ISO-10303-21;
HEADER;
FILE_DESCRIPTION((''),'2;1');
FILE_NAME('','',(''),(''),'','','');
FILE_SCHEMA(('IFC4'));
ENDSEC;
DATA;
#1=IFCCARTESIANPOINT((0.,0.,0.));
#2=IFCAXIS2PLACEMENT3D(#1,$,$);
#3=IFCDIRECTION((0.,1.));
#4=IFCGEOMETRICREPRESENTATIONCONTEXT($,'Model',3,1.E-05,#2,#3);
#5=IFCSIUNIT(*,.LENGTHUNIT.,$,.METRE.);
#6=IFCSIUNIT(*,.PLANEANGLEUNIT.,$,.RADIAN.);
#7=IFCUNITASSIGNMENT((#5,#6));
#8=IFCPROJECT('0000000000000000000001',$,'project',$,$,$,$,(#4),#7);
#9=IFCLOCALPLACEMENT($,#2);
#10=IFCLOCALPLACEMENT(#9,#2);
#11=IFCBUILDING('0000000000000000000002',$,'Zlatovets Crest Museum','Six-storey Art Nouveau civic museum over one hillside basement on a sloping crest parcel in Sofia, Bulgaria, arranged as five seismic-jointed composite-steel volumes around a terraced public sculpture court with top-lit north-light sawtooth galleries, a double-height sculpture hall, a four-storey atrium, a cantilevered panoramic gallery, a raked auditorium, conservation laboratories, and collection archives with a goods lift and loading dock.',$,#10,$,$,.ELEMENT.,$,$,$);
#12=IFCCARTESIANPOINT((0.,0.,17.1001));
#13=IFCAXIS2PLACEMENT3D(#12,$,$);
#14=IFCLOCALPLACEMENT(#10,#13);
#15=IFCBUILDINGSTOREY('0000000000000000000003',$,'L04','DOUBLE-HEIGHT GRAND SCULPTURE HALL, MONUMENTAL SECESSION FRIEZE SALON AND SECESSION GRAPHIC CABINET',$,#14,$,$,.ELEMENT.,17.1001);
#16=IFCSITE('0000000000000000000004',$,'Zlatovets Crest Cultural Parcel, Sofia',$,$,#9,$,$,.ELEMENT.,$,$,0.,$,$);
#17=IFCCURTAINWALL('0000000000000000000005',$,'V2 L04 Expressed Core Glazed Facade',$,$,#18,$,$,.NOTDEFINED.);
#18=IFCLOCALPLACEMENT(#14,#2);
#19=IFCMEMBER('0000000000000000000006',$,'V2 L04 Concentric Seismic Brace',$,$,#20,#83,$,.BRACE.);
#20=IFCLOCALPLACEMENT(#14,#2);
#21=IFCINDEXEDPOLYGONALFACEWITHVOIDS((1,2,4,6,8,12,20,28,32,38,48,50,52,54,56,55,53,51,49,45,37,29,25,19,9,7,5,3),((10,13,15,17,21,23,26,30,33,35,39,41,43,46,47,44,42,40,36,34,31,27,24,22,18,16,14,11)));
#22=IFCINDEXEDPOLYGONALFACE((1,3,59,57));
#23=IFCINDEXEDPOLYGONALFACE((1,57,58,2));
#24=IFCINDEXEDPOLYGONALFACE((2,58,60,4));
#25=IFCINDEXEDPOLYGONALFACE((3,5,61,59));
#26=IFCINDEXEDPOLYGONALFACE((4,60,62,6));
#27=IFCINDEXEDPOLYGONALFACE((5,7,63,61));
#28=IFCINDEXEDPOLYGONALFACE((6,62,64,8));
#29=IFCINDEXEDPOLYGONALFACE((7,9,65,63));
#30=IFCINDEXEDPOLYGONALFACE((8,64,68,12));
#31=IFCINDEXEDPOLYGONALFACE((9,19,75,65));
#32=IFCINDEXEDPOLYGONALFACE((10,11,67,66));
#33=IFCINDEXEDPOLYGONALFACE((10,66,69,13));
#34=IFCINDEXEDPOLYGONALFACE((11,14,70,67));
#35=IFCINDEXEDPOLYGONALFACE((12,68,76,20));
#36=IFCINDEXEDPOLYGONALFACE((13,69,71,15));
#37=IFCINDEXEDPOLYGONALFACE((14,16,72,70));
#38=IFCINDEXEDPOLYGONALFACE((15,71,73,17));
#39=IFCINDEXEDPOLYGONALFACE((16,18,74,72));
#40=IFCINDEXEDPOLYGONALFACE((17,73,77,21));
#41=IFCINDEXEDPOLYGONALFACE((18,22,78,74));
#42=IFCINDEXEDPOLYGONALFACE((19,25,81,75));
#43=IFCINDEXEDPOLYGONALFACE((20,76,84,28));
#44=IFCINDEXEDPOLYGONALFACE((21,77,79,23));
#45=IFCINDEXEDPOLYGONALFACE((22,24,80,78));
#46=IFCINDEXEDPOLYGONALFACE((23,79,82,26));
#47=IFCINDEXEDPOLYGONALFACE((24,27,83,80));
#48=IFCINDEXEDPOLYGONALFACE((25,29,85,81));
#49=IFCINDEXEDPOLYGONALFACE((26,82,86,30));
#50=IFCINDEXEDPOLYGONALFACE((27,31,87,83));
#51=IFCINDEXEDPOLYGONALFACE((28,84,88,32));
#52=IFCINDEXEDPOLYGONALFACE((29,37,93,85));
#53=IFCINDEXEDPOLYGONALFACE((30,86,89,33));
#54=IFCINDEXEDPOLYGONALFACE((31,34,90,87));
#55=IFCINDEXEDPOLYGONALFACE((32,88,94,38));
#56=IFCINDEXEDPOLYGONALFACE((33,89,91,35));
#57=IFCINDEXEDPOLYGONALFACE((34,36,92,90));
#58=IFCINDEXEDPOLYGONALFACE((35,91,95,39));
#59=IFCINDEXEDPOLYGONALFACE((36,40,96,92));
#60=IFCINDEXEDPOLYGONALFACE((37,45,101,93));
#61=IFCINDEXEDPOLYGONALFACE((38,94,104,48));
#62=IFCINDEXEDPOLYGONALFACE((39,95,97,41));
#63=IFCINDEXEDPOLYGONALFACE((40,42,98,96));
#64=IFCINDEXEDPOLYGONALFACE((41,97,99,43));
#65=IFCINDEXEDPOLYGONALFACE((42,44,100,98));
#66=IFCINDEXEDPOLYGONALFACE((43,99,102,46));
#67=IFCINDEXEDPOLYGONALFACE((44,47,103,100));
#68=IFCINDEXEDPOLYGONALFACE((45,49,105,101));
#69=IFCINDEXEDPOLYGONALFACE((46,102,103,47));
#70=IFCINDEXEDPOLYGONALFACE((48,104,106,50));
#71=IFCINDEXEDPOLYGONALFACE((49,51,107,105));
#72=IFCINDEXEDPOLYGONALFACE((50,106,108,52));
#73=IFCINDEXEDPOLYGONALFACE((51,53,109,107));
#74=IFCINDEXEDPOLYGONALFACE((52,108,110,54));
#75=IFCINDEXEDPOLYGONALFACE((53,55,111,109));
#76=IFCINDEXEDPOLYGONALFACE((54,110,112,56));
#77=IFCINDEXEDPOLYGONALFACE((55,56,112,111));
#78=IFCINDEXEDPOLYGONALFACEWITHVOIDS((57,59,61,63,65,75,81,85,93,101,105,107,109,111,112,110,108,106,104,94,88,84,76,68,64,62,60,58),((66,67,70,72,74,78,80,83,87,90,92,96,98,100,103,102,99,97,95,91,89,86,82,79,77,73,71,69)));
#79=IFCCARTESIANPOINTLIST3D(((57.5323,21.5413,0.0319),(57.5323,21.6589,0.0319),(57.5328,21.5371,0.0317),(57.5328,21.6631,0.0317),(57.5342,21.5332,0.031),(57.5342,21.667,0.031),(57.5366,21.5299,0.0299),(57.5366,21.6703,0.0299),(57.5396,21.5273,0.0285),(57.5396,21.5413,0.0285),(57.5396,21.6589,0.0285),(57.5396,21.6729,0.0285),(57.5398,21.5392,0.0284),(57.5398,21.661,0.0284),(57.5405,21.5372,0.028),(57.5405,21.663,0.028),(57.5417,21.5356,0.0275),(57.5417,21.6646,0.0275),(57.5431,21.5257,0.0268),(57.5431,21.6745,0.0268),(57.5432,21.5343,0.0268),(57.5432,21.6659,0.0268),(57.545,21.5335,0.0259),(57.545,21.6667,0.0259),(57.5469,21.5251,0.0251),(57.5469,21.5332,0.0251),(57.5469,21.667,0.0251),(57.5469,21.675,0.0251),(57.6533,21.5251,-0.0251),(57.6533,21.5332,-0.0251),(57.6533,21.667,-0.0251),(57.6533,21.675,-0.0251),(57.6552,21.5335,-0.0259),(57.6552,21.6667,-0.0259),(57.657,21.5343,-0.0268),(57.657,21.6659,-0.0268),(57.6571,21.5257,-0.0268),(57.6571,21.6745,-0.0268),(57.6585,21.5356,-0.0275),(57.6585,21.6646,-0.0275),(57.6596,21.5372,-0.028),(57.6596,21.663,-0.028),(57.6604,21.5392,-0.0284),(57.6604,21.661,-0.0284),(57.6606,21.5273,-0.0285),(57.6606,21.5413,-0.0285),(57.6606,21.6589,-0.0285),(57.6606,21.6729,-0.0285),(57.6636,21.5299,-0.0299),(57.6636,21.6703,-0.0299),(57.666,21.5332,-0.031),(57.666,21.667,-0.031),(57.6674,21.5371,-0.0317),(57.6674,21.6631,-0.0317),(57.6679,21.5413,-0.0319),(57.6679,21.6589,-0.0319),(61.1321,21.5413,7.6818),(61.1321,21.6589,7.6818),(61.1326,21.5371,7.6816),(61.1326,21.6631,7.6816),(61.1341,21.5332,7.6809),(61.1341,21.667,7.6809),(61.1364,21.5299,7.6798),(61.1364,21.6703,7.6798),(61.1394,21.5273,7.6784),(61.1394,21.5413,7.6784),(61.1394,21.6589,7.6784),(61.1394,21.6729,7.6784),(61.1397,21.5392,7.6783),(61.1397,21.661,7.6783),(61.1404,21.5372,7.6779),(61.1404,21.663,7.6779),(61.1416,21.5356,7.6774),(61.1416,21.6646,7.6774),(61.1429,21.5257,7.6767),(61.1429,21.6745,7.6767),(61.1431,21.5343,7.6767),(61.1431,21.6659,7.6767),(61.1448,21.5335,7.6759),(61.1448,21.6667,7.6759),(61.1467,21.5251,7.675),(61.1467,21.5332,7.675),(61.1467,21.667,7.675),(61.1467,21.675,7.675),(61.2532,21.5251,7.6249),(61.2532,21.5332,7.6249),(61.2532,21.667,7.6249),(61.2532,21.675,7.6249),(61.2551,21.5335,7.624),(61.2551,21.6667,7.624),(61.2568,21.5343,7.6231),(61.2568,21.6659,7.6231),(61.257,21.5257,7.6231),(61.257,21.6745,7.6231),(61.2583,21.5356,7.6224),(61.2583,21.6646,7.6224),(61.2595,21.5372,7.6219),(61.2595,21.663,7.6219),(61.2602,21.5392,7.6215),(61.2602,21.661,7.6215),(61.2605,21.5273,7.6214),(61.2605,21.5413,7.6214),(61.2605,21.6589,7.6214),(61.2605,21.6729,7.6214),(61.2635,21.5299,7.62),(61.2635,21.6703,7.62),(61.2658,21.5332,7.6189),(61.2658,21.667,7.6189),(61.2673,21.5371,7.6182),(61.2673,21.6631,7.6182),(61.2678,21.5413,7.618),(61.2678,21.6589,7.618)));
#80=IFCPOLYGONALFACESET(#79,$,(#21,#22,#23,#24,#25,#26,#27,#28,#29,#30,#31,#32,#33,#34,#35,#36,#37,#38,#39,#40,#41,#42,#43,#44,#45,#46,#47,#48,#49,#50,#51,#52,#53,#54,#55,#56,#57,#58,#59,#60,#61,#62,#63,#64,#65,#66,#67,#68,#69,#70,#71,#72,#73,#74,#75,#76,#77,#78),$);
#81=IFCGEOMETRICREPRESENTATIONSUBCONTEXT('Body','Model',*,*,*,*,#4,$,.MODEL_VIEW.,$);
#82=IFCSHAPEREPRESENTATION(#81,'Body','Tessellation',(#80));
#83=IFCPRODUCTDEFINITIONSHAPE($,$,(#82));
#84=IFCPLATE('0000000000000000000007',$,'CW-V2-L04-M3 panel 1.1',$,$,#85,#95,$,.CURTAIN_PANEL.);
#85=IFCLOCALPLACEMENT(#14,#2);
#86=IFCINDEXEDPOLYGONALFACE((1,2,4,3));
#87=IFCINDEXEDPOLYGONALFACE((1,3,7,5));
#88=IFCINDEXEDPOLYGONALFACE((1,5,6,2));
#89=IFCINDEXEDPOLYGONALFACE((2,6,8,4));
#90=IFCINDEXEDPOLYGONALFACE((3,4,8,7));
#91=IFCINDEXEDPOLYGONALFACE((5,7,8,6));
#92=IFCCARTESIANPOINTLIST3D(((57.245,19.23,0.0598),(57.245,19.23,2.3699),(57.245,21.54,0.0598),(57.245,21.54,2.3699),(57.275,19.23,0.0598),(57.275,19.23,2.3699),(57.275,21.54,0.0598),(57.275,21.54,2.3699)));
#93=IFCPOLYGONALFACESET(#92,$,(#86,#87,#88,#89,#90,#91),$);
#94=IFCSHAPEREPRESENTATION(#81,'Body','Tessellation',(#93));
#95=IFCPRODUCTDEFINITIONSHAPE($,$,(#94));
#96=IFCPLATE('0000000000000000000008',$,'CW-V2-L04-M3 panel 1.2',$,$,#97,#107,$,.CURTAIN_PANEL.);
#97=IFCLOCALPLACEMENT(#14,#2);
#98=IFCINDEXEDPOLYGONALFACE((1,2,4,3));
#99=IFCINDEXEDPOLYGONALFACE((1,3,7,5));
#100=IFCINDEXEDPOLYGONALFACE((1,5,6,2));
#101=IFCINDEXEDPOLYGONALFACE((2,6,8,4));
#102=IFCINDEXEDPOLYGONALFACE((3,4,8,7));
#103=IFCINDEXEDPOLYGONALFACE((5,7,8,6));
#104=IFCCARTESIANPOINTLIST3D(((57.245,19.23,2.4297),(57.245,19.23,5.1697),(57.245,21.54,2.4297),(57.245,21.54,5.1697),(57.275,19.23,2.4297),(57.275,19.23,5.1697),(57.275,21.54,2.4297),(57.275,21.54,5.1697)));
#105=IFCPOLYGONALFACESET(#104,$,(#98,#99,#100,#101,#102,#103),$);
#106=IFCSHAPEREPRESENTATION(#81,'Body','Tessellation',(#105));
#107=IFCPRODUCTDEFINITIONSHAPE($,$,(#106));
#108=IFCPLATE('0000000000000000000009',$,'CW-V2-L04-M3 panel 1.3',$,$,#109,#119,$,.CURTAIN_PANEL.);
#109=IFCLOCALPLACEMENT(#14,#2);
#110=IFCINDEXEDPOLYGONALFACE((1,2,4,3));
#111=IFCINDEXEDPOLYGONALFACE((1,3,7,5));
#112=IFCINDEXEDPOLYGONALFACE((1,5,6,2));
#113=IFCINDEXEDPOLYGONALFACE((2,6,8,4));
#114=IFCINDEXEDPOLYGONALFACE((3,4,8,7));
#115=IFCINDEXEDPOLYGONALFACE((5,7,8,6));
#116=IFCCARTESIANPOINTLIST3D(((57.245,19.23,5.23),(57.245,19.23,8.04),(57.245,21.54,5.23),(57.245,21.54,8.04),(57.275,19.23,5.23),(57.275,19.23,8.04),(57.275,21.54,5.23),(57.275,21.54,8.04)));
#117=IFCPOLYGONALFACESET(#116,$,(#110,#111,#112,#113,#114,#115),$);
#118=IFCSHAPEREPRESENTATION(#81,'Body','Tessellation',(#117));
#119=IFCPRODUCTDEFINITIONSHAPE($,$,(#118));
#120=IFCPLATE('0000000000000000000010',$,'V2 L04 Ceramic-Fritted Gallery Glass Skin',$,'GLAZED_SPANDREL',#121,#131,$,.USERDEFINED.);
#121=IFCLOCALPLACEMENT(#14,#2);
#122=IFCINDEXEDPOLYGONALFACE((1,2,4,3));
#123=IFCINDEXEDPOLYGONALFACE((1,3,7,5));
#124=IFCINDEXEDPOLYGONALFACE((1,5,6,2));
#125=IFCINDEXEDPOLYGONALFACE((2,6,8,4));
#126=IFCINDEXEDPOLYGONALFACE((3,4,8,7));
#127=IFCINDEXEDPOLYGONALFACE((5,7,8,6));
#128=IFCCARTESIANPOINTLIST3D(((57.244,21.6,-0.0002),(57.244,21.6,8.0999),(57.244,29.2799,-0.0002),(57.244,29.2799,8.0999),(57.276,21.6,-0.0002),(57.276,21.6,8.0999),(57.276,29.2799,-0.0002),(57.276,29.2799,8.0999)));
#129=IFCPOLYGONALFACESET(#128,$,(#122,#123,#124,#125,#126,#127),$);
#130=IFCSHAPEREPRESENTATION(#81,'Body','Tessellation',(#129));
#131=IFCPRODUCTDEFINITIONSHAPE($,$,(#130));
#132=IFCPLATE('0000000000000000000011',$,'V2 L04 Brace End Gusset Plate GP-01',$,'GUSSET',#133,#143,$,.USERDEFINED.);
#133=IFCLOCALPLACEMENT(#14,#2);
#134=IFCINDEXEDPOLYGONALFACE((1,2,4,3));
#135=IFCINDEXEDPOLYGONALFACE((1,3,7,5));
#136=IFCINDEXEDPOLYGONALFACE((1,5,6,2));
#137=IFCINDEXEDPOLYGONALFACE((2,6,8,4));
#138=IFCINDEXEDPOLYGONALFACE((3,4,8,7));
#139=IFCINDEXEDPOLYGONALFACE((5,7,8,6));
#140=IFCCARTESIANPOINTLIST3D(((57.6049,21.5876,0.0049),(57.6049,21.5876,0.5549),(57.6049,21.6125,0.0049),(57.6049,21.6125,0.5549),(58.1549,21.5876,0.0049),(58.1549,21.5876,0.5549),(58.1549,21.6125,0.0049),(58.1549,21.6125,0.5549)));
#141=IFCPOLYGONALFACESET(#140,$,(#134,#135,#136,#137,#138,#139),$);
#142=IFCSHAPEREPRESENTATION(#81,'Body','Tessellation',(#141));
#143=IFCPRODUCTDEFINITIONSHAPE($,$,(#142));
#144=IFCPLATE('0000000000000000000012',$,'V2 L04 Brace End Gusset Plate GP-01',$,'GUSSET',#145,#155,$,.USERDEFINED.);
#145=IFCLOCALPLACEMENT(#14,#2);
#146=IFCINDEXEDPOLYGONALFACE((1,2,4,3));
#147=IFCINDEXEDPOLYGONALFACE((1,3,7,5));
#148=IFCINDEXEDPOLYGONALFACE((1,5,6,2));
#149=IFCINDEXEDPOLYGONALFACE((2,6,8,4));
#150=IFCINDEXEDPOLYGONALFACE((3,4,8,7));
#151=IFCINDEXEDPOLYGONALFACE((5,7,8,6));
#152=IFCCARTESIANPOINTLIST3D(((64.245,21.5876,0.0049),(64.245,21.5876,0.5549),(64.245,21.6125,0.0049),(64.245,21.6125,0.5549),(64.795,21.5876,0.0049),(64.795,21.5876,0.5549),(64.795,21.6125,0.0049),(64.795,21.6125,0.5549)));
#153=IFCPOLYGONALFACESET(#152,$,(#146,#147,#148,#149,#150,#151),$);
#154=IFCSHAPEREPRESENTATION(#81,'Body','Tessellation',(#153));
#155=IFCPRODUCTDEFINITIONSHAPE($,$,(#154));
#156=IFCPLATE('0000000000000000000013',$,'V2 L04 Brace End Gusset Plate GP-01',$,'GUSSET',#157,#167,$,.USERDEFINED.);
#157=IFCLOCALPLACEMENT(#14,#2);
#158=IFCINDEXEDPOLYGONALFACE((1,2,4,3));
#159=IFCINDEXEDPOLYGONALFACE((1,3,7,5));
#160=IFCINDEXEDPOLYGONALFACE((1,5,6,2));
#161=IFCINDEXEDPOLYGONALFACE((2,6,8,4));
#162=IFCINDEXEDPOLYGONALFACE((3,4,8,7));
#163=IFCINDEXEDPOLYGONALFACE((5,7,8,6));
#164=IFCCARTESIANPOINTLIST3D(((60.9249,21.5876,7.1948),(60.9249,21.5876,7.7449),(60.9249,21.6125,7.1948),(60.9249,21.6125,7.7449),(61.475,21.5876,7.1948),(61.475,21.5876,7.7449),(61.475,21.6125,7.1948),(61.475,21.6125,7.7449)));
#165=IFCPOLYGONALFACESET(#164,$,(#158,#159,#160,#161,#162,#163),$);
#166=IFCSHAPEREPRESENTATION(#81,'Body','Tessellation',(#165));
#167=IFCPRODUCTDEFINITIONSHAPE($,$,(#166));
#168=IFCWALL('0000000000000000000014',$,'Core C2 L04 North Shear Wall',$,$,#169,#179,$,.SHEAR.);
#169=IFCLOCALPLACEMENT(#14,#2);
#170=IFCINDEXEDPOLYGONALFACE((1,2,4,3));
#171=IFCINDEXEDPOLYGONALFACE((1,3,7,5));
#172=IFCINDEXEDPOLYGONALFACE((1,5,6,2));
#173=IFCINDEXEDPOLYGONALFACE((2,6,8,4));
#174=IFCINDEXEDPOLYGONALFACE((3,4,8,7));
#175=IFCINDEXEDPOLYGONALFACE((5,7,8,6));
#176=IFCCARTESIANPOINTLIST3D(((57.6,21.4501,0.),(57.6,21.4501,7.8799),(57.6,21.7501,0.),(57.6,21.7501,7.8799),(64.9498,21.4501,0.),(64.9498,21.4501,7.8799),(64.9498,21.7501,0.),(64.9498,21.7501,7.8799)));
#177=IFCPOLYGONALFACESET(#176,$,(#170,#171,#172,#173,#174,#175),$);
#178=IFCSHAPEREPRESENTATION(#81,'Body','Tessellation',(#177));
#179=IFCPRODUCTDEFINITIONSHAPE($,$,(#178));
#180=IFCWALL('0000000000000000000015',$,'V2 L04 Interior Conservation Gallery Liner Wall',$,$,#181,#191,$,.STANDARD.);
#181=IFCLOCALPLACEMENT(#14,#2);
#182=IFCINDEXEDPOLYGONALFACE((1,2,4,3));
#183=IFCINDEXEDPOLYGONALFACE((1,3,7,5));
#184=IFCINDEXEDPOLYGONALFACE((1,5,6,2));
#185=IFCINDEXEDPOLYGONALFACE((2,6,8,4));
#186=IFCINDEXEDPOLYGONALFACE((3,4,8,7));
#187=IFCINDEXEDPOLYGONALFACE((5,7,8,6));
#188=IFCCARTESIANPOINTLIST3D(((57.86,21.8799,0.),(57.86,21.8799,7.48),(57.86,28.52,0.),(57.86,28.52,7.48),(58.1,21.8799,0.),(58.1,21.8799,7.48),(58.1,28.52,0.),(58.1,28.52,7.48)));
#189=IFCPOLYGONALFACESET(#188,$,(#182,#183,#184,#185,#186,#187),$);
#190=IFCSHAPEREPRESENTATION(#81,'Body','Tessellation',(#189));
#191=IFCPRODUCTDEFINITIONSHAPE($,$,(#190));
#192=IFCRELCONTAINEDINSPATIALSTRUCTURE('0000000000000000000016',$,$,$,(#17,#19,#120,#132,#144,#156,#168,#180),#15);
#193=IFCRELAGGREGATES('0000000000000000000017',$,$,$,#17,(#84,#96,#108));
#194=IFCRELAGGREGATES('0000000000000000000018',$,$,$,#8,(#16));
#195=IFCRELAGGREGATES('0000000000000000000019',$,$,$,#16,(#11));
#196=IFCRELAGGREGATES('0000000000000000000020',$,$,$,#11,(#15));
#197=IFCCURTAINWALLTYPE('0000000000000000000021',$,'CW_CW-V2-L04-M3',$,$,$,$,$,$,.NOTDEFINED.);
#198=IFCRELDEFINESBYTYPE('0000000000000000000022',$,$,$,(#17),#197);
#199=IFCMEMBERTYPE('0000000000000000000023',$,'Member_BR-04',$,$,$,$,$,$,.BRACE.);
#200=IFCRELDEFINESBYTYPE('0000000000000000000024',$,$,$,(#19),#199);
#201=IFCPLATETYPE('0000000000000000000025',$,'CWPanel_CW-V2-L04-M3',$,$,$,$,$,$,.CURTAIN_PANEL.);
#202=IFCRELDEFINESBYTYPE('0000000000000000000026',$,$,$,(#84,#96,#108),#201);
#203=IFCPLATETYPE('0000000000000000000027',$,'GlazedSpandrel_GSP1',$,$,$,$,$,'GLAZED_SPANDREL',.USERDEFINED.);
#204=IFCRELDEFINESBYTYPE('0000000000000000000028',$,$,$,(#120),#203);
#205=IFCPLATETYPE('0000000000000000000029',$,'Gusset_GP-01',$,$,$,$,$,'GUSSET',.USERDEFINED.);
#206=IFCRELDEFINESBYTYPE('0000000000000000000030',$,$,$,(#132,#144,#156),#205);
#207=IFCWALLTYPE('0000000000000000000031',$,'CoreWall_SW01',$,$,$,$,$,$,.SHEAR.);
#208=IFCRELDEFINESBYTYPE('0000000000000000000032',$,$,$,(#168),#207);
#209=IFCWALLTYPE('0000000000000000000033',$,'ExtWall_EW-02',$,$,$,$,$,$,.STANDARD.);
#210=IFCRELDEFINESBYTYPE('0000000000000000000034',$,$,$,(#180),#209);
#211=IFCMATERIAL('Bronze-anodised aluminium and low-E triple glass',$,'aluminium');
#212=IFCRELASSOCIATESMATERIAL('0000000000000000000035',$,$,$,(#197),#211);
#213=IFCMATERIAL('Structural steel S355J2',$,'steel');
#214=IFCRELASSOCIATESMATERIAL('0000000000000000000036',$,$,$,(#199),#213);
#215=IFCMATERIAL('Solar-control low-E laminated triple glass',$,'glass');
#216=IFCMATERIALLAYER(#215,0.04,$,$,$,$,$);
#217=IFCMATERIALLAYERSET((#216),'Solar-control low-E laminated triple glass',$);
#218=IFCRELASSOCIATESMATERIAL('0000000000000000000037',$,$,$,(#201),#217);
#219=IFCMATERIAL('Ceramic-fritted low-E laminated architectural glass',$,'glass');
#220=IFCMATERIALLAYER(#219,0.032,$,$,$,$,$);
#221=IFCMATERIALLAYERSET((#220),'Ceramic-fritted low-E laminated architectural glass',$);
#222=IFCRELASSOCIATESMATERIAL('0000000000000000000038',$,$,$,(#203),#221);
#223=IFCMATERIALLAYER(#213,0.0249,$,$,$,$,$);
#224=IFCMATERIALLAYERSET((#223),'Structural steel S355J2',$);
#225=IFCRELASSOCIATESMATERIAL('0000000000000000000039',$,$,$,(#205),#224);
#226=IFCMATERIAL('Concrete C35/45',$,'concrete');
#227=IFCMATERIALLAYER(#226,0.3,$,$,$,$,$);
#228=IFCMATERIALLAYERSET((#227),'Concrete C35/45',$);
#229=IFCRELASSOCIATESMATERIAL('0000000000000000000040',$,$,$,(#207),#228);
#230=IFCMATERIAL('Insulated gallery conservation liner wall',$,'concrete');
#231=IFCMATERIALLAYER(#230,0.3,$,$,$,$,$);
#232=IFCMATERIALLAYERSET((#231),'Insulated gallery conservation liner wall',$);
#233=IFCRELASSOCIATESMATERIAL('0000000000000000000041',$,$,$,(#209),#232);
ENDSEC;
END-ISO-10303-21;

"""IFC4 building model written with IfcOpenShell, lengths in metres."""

from ifc_helpers import new_model, si_unit, direction, frame, frame_2d, origin, origin_2d, place, context, subcontext, project, spatial, rectangle, hollow_rectangle, extrude, material, layer, layer_set, material_profile, profile_set, type_object, element, aggregate, save


model = new_model("IFC4")

# Units and contexts
model_context = context("Model", 3, precision=1e-05, world=origin(), true_north=direction((0.0, 1.0)))
body_context = subcontext(model_context, "Body", "Model", "MODEL_VIEW")
ifc_project = project(units=[si_unit("LENGTHUNIT", "METRE"), si_unit("PLANEANGLEUNIT", "RADIAN")], contexts=[model_context])

# Site, building, storey
site_placement = place(None, origin())
site = spatial("IfcSite", under=ifc_project, at=site_placement, Name="Zlatovets Crest Cultural Parcel, Sofia", CompositionType="ELEMENT", RefElevation=0.0)
building_placement = place(site_placement, origin())
building = spatial("IfcBuilding", under=site, at=building_placement, Name="Zlatovets Crest Museum", Description="Six-storey Art Nouveau civic museum over one hillside basement on a sloping crest parcel in Sofia, Bulgaria, arranged as five seismic-jointed composite-steel volumes around a terraced public sculpture court with top-lit north-light sawtooth galleries, a double-height sculpture hall, a four-storey atrium, a cantilevered panoramic gallery, a raked auditorium, conservation laboratories, and collection archives with a goods lift and loading dock.", CompositionType="ELEMENT")
storey_placement = place(building_placement, frame((0.0, 0.0, 17.1001)))
storey = spatial("IfcBuildingStorey", under=building, at=storey_placement, Name="L04", Description="DOUBLE-HEIGHT GRAND SCULPTURE HALL, MONUMENTAL SECESSION FRIEZE SALON AND SECESSION GRAPHIC CABINET", CompositionType="ELEMENT", Elevation=17.1001)

# Shared definitions
ifc_material_1 = material(Name="Structural steel S355J2", Category="steel")

# Curtain wall
ifc_material_2 = material(Name="Bronze-anodised aluminium and low-E triple glass", Category="aluminium")
curtain_wall_type = type_object("IfcCurtainWallType", Name="CW_CW-V2-L04-M3", PredefinedType="NOTDEFINED", material=ifc_material_2)
curtain_wall_placement = place(storey_placement, origin())
curtain_wall = element("IfcCurtainWall", 1, at=curtain_wall_placement, inside=storey, type_object=curtain_wall_type, Name="V2 L04 Expressed Core Glazed Facade", PredefinedType="NOTDEFINED")

# Member
ifc_material_profile_1 = material_profile(ifc_material_1, hollow_rectangle(XDim=0.1499, YDim=0.1499, WallThickness=0.0081, InnerFilletRadius=0.0081, OuterFilletRadius=0.0161, at=origin_2d()), Name="SHS 150x150x8.0")
ifc_profile_set_1 = profile_set([ifc_material_profile_1], Name="Structural steel S355J2")
member_type_1 = type_object("IfcMemberType", Name="Member_BR-04", PredefinedType="BRACE", material=ifc_profile_set_1)
member_1_placement = place(storey_placement, frame((57.6001, 21.6001, 0.0), z_axis=(0.425787, 0.0, 0.904823), x_axis=(0.0, 1.0, 0.0)))
element("IfcMember", 2, at=member_1_placement, inside=storey, type_object=member_type_1, Name="V2 L04 Concentric Seismic Brace", PredefinedType="BRACE", context=body_context, shape_type="SweptSolid", body=[
    extrude(hollow_rectangle(XDim=0.1499, YDim=0.1499, WallThickness=0.0081, InnerFilletRadius=0.0081, OuterFilletRadius=0.0161, at=origin_2d()), origin(), (0.0, 0.0, 1.0), 8.4546),
])

# Plates
ifc_material_3 = material(Name="Solar-control low-E laminated triple glass", Category="glass")
ifc_layer_1 = layer(ifc_material_3, 0.04)
ifc_layer_set_1 = layer_set([ifc_layer_1], Name="Solar-control low-E laminated triple glass")
plate_type_1 = type_object("IfcPlateType", Name="CWPanel_CW-V2-L04-M3", PredefinedType="CURTAIN_PANEL", material=ifc_layer_set_1)
plate_1_placement = place(storey_placement, frame((57.26, 20.385, 0.0598), z_axis=(0.0, 0.0, 1.0), x_axis=(0.0, -1.0, 0.0)))
plate_1 = element("IfcPlate", 3, at=plate_1_placement, type_object=plate_type_1, Name="CW-V2-L04-M3 panel 1.1", PredefinedType="CURTAIN_PANEL", context=body_context, shape_type="SweptSolid", body=[
    extrude(rectangle(XDim=2.3101, YDim=0.03, at=origin_2d()), origin(), (0.0, 0.0, 1.0), 2.3101),
])
plate_2_placement = place(storey_placement, frame((57.26, 20.385, 2.4297), z_axis=(0.0, 0.0, 1.0), x_axis=(0.0, -1.0, 0.0)))
plate_2 = element("IfcPlate", 4, at=plate_2_placement, type_object=plate_type_1, Name="CW-V2-L04-M3 panel 1.2", PredefinedType="CURTAIN_PANEL", context=body_context, shape_type="SweptSolid", body=[
    extrude(rectangle(XDim=2.3101, YDim=0.03, at=origin_2d()), origin(), (0.0, 0.0, 1.0), 2.74),
])
plate_3_placement = place(storey_placement, frame((57.26, 20.385, 5.23), z_axis=(0.0, 0.0, 1.0), x_axis=(0.0, -1.0, 0.0)))
plate_3 = element("IfcPlate", 5, at=plate_3_placement, type_object=plate_type_1, Name="CW-V2-L04-M3 panel 1.3", PredefinedType="CURTAIN_PANEL", context=body_context, shape_type="SweptSolid", body=[
    extrude(rectangle(XDim=2.3101, YDim=0.03, at=origin_2d()), origin(), (0.0, 0.0, 1.0), 2.8101),
])
aggregate(curtain_wall, [plate_1, plate_2, plate_3])

# Plates
ifc_material_4 = material(Name="Ceramic-fritted low-E laminated architectural glass", Category="glass")
ifc_layer_2 = layer(ifc_material_4, 0.032)
ifc_layer_set_2 = layer_set([ifc_layer_2], Name="Ceramic-fritted low-E laminated architectural glass")
plate_type_2 = type_object("IfcPlateType", Name="GlazedSpandrel_GSP1", ElementType="GLAZED_SPANDREL", PredefinedType="USERDEFINED", material=ifc_layer_set_2)
plate_4_placement = place(storey_placement, frame((57.26, 25.4399, -0.0002), z_axis=(0.0, 0.0, 1.0), x_axis=(0.0, 1.0, 0.0)))
element("IfcPlate", 6, at=plate_4_placement, inside=storey, type_object=plate_type_2, Name="V2 L04 Ceramic-Fritted Gallery Glass Skin", ObjectType="GLAZED_SPANDREL", PredefinedType="USERDEFINED", context=body_context, shape_type="SweptSolid", body=[
    extrude(rectangle(XDim=7.6799, YDim=0.032, at=origin_2d()), origin(), (0.0, 0.0, 1.0), 8.1001),
])
ifc_layer_3 = layer(ifc_material_1, 0.0249)
ifc_layer_set_3 = layer_set([ifc_layer_3], Name="Structural steel S355J2")
plate_type_3 = type_object("IfcPlateType", Name="Gusset_GP-01", ElementType="GUSSET", PredefinedType="USERDEFINED", material=ifc_layer_set_3)
for number, where, z_axis, x_axis, name in (
    (7, (57.8799, 21.6001, 0.0049), (0.0, 0.0, 1.0), (1.0, 0.0, 0.0), "V2 L04 Brace End Gusset Plate GP-01"),
    (8, (64.52, 21.6001, 0.0049), (0.0, 0.0, 1.0), (1.0, 0.0, 0.0), "V2 L04 Brace End Gusset Plate GP-01"),
    (9, (61.2, 21.6001, 7.1948), (0.0, 0.0, 1.0), (1.0, 0.0, 0.0), "V2 L04 Brace End Gusset Plate GP-01"),
):
    element("IfcPlate", number, at=place(storey_placement, frame(where, z_axis=z_axis, x_axis=x_axis)), inside=storey, type_object=plate_type_3, Name=name, ObjectType="GUSSET", PredefinedType="USERDEFINED", context=body_context, shape_type="SweptSolid", body=[
        extrude(rectangle(XDim=0.55, YDim=0.0249, at=origin_2d()), origin(), (0.0, 0.0, 1.0), 0.55),
    ])

# Walls
ifc_material_5 = material(Name="Concrete C35/45", Category="concrete")
ifc_layer_4 = layer(ifc_material_5, 0.3)
ifc_layer_set_4 = layer_set([ifc_layer_4], Name="Concrete C35/45")
wall_type_1 = type_object("IfcWallType", Name="CoreWall_SW01", PredefinedType="SHEAR", material=ifc_layer_set_4)
wall_1_placement = place(storey_placement, frame((57.6001, 21.6001, 0.0), z_axis=(0.0, 0.0, 1.0), x_axis=(1.0, 0.0, 0.0)))
element("IfcWall", 10, at=wall_1_placement, inside=storey, type_object=wall_type_1, Name="Core C2 L04 North Shear Wall", PredefinedType="SHEAR", context=body_context, shape_type="SweptSolid", body=[
    extrude(rectangle(XDim=7.3499, YDim=0.3, at=frame_2d((3.6748, 0.0))), origin(), (0.0, 0.0, 1.0), 7.8799),
])
ifc_material_6 = material(Name="Insulated gallery conservation liner wall", Category="concrete")
ifc_layer_5 = layer(ifc_material_6, 0.3)
ifc_layer_set_5 = layer_set([ifc_layer_5], Name="Insulated gallery conservation liner wall")
wall_type_2 = type_object("IfcWallType", Name="ExtWall_EW-02", PredefinedType="STANDARD", material=ifc_layer_set_5)
wall_2_placement = place(storey_placement, frame((57.98, 28.52, 0.0), z_axis=(0.0, 0.0, 1.0), x_axis=(0.0, -1.0, 0.0)))
element("IfcWall", 11, at=wall_2_placement, inside=storey, type_object=wall_type_2, Name="V2 L04 Interior Conservation Gallery Liner Wall", PredefinedType="STANDARD", context=body_context, shape_type="SweptSolid", body=[
    extrude(rectangle(XDim=6.6401, YDim=0.24, at=frame_2d((3.3201, 0.0))), origin(), (0.0, 0.0, 1.0), 7.48),
])

save(model, "model.ifc")
